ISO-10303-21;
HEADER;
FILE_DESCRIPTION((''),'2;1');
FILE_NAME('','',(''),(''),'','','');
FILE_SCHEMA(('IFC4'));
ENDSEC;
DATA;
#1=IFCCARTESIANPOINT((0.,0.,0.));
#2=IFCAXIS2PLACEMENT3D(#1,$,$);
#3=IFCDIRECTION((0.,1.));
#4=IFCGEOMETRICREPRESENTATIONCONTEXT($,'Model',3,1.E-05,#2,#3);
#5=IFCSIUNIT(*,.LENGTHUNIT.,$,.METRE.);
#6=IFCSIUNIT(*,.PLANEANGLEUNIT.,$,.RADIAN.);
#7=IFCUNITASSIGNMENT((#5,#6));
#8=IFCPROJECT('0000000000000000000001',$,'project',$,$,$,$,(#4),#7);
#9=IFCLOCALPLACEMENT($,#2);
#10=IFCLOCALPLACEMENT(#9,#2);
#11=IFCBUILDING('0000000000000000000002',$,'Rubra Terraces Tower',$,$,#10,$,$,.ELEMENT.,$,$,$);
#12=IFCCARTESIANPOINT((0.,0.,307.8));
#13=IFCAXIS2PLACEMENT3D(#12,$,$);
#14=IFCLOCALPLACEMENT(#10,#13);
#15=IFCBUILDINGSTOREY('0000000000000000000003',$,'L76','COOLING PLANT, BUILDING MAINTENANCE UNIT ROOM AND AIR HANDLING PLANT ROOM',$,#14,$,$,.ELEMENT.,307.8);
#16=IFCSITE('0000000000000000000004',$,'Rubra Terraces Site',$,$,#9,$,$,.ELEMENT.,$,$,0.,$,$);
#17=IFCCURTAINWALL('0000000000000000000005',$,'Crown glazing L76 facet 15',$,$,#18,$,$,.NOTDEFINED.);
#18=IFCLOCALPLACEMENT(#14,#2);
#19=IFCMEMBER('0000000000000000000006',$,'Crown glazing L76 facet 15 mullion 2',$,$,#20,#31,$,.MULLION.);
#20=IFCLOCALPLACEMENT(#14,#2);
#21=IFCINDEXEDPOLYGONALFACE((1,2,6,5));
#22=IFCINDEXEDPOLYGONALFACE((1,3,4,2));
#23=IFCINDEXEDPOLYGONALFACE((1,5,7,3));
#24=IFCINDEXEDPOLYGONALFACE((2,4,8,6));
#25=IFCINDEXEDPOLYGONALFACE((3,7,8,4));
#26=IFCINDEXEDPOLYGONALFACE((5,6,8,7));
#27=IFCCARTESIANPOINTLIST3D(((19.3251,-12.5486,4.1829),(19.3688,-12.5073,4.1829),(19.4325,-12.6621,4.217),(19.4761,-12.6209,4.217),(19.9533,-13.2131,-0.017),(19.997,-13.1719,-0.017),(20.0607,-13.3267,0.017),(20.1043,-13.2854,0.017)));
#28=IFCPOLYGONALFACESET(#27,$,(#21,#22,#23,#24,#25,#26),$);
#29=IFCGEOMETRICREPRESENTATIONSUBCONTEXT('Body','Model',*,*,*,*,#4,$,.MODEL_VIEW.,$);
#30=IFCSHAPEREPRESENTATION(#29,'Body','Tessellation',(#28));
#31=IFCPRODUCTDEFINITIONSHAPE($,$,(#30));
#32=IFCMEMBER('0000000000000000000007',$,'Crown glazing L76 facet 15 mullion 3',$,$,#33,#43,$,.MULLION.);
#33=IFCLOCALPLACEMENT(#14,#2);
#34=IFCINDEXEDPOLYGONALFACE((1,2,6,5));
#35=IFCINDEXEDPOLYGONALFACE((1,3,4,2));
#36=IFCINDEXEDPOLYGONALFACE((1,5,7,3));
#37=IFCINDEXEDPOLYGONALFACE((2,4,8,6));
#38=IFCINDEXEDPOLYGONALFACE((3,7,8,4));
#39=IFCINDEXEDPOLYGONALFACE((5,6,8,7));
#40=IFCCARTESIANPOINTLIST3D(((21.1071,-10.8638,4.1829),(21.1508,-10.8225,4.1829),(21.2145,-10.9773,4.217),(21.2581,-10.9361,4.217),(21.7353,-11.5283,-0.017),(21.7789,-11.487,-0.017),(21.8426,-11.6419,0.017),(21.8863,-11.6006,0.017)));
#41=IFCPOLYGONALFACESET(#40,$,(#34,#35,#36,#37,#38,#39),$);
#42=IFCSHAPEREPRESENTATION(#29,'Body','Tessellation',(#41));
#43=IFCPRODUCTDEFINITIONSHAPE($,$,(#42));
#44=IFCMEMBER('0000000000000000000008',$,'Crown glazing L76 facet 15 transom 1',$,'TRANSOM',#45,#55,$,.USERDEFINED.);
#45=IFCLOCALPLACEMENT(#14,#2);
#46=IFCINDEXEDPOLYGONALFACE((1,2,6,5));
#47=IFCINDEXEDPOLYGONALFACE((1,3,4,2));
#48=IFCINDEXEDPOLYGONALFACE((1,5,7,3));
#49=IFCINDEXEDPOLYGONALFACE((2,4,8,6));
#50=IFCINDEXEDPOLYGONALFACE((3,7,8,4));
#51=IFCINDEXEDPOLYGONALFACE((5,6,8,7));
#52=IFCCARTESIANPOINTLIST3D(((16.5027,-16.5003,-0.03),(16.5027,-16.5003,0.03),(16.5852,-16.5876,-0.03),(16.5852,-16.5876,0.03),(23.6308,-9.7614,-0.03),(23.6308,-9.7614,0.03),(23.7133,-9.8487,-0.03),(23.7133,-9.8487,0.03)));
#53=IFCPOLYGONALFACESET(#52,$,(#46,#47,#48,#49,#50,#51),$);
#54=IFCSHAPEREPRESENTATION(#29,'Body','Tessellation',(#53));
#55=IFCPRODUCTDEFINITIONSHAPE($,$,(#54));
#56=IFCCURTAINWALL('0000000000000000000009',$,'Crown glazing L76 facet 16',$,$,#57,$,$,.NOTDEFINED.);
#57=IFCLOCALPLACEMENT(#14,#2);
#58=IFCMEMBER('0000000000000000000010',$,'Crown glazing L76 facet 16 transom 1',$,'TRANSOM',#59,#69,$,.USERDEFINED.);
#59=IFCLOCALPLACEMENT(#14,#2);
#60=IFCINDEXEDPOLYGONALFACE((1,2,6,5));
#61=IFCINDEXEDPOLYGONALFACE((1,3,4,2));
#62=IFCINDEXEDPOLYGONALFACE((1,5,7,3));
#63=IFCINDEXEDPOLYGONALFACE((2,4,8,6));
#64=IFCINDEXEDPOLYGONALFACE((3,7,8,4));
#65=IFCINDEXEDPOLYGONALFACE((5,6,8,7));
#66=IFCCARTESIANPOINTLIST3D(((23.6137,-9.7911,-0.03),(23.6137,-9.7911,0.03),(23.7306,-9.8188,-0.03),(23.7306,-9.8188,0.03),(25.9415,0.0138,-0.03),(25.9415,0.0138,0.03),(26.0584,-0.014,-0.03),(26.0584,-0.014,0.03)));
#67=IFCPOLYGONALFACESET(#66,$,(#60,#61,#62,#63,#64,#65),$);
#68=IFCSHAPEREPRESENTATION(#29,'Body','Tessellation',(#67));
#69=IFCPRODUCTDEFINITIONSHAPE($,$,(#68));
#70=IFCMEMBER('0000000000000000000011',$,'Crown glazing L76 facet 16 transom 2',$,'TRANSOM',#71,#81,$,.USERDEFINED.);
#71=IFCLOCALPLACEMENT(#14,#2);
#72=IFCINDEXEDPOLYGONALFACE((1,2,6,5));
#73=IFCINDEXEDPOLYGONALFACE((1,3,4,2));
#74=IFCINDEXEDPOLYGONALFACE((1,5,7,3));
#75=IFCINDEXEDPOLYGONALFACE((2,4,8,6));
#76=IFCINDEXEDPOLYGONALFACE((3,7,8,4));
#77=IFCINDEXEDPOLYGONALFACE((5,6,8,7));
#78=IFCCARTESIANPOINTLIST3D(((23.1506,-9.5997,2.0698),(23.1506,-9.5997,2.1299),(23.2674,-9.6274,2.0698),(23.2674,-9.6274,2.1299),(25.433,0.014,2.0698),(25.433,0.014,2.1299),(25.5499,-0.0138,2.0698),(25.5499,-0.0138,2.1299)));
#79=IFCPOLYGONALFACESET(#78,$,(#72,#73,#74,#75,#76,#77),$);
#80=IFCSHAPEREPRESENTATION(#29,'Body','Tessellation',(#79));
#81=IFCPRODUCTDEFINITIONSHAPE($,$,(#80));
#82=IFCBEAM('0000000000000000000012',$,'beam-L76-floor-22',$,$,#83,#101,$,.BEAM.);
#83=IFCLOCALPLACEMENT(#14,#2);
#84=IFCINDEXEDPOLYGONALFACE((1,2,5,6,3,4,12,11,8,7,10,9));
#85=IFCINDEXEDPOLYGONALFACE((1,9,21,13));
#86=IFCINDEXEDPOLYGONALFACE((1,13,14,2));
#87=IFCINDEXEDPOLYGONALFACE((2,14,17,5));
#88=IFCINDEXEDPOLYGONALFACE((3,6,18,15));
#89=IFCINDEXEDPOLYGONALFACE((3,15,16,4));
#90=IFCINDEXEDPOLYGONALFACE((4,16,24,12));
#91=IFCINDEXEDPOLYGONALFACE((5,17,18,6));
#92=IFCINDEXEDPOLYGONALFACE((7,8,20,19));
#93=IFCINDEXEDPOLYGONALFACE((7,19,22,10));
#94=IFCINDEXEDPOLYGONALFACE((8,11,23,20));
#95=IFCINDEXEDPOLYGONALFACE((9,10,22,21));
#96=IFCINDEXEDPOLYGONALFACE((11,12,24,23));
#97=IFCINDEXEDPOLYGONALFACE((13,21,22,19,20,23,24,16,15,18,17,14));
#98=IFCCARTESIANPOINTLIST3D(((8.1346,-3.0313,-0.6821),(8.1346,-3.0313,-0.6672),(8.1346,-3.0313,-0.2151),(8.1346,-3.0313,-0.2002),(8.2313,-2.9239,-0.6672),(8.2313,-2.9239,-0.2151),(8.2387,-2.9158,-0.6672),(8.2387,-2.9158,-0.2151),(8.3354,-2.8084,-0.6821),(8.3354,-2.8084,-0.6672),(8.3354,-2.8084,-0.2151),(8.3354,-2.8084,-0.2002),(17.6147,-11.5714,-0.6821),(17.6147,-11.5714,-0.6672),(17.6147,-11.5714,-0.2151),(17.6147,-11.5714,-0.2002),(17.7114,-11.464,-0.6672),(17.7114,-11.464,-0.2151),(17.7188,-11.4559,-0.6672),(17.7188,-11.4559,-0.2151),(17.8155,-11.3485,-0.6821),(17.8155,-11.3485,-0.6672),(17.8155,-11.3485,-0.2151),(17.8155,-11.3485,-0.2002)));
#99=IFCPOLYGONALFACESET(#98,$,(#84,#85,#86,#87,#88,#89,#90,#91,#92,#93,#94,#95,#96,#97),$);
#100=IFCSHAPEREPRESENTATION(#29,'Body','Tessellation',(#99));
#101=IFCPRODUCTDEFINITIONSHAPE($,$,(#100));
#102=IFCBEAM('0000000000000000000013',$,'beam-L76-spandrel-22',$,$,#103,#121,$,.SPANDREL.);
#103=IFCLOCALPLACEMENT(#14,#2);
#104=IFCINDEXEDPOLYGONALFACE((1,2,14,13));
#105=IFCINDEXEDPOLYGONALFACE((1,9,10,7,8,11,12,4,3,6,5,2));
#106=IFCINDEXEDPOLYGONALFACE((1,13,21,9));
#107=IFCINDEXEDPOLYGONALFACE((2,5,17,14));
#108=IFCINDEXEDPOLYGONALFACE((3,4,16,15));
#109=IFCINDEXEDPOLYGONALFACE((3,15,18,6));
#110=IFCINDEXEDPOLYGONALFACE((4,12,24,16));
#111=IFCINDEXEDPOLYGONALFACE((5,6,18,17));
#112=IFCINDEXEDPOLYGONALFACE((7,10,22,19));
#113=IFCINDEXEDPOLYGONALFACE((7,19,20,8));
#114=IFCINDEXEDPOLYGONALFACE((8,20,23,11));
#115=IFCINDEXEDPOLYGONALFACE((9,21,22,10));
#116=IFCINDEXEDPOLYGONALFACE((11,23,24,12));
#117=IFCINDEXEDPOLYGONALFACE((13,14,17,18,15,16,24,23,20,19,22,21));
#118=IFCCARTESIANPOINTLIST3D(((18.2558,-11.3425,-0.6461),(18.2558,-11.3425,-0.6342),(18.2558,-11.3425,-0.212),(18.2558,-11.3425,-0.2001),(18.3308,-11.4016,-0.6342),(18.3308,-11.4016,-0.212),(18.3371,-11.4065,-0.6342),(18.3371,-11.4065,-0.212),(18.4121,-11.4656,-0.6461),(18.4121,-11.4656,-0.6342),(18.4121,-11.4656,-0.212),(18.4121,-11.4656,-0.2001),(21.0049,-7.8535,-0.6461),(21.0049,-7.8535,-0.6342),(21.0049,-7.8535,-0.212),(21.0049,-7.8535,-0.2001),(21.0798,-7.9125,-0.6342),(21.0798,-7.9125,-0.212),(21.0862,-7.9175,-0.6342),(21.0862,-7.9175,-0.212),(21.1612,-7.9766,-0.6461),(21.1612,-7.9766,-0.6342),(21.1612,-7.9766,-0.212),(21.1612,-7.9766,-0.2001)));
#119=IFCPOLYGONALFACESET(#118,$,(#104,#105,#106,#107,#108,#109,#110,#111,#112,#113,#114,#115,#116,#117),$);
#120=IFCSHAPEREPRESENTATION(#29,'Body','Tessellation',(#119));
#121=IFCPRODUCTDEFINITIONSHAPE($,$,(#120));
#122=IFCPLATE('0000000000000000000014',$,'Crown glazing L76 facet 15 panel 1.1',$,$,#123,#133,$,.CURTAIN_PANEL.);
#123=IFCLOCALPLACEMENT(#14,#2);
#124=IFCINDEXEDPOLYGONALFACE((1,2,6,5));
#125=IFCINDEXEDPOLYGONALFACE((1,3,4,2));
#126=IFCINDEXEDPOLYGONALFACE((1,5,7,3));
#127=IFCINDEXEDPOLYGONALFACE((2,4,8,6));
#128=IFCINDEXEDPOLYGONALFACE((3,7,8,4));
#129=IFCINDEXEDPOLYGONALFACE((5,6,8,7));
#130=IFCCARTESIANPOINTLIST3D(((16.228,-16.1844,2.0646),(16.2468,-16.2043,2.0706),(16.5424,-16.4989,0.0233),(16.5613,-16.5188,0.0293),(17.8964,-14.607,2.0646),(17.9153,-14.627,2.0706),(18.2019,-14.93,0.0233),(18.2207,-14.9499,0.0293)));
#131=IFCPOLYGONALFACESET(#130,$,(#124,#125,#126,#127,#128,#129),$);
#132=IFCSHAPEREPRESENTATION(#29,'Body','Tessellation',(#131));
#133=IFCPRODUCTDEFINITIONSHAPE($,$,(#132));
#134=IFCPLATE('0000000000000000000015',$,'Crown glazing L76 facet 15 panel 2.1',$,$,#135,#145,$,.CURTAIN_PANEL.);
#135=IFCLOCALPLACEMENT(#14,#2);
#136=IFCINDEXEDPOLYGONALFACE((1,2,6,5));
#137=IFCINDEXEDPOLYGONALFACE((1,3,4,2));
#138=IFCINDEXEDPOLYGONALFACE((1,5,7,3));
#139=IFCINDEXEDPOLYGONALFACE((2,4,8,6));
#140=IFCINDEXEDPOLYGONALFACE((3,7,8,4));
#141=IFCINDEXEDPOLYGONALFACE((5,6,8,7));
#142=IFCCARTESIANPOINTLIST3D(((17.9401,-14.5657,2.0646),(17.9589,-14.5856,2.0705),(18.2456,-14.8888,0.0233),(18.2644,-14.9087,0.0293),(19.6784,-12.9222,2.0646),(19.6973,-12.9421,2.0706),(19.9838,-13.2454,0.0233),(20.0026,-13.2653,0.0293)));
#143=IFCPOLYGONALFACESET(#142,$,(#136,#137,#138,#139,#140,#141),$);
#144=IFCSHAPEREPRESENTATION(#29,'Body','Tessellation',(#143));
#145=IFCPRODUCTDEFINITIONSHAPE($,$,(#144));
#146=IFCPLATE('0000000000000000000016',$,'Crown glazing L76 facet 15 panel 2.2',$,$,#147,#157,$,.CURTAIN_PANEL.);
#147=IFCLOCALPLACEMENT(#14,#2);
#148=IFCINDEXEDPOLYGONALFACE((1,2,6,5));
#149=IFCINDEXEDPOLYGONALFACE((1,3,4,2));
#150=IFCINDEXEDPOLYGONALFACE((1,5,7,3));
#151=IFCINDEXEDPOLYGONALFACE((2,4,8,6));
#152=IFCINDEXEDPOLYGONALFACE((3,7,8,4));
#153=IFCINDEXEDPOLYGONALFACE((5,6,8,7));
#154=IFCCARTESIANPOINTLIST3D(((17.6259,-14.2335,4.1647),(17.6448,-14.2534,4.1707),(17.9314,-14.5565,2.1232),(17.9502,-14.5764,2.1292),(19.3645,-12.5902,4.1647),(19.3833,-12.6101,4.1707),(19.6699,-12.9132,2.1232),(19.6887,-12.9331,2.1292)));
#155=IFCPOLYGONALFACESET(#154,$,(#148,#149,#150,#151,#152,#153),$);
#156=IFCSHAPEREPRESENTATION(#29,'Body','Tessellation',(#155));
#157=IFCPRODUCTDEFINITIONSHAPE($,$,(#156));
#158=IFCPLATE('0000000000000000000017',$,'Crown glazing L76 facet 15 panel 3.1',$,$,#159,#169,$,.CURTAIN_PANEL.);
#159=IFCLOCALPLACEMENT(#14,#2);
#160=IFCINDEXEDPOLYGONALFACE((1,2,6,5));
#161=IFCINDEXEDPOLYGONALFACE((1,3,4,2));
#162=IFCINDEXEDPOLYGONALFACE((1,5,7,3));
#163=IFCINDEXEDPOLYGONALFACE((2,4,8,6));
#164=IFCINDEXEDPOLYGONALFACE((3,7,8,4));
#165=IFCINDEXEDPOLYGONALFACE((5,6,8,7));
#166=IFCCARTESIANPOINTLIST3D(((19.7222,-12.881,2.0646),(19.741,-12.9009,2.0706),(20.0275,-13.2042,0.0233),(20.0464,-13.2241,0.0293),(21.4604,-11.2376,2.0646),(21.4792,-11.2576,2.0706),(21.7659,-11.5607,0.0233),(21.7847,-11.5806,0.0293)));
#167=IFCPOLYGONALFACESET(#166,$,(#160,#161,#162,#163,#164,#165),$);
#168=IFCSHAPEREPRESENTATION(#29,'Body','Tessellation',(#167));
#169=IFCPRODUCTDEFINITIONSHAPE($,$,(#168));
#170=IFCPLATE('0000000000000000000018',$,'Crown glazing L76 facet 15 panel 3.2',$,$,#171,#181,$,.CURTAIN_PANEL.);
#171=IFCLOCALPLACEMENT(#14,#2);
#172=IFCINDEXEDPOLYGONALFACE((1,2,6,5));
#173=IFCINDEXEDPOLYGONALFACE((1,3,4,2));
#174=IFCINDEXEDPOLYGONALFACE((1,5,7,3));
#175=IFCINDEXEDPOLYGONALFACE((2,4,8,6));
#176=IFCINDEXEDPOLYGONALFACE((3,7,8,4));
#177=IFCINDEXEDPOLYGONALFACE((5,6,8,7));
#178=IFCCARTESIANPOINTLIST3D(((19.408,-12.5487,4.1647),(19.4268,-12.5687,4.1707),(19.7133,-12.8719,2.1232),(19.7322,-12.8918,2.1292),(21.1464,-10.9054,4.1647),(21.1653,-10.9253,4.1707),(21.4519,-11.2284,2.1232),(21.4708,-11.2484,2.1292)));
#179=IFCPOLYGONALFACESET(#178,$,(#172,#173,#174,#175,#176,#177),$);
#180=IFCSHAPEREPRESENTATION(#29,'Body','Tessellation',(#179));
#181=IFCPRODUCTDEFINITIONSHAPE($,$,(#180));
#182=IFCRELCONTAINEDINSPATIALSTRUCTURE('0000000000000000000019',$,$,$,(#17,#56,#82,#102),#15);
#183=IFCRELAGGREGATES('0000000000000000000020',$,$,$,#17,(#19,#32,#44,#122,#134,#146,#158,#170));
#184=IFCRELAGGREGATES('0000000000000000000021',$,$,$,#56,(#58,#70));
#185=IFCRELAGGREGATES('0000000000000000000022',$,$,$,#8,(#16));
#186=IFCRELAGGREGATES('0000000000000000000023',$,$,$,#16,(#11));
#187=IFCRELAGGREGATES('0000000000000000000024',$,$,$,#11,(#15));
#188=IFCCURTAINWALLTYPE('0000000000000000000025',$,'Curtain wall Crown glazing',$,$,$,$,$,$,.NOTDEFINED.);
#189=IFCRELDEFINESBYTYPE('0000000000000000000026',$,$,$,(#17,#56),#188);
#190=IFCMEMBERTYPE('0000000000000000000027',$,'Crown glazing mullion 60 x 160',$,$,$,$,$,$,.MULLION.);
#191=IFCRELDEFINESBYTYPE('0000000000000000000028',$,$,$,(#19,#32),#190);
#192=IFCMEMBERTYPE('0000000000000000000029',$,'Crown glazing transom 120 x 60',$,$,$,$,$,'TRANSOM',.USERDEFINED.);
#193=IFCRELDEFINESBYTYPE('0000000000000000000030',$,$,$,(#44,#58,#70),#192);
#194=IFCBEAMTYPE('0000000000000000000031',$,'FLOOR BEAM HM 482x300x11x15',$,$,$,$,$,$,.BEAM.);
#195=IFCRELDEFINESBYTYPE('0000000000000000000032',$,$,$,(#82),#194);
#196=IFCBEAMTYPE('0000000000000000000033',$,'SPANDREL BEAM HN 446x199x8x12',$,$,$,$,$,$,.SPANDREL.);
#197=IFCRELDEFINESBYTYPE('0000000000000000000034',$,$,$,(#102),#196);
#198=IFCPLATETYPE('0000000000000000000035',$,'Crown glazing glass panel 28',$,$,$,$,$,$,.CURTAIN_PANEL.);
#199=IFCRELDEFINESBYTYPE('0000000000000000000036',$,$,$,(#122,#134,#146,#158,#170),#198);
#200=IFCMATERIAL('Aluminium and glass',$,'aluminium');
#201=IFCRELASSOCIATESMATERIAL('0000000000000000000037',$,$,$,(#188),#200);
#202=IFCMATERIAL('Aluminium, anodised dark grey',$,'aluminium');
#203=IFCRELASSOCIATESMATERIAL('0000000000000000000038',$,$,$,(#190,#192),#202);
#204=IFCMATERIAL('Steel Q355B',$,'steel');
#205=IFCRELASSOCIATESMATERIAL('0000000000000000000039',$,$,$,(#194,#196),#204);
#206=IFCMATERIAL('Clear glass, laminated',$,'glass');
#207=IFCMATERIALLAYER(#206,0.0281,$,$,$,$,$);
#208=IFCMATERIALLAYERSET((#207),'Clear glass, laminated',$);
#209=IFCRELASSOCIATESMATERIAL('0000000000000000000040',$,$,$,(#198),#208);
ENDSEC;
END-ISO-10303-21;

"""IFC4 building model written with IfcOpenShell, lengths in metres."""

from ifc_helpers import new_model, si_unit, direction, frame, origin, origin_2d, place, context, subcontext, project, spatial, polyline, rectangle, i_section, outline, extrude, material, layer, layer_set, material_profile, profile_set, type_object, element, aggregate, save


model = new_model("IFC4")

# Units and contexts
model_context = context("Model", 3, precision=1e-05, world=origin(), true_north=direction((0.0, 1.0)))
body_context = subcontext(model_context, "Body", "Model", "MODEL_VIEW")
ifc_project = project(units=[si_unit("LENGTHUNIT", "METRE"), si_unit("PLANEANGLEUNIT", "RADIAN")], contexts=[model_context])

# Site, building, storey
site_placement = place(None, origin())
site = spatial("IfcSite", under=ifc_project, at=site_placement, Name="Rubra Terraces Site", CompositionType="ELEMENT", RefElevation=0.0)
building_placement = place(site_placement, origin())
building = spatial("IfcBuilding", under=site, at=building_placement, Name="Rubra Terraces Tower", CompositionType="ELEMENT")
storey_placement = place(building_placement, frame((0.0, 0.0, 307.8)))
storey = spatial("IfcBuildingStorey", under=building, at=storey_placement, Name="L76", Description="COOLING PLANT, BUILDING MAINTENANCE UNIT ROOM AND AIR HANDLING PLANT ROOM", CompositionType="ELEMENT", Elevation=307.8)

# Shared definitions
ifc_material_1 = material(Name="Steel Q355B", Category="steel")

# Curtain walls, members
ifc_material_2 = material(Name="Aluminium and glass", Category="aluminium")
curtain_wall_type = type_object("IfcCurtainWallType", Name="Curtain wall Crown glazing", PredefinedType="NOTDEFINED", material=ifc_material_2)
curtain_wall_1_placement = place(storey_placement, origin())
curtain_wall_1 = element("IfcCurtainWall", 1, at=curtain_wall_1_placement, inside=storey, type_object=curtain_wall_type, Name="Crown glazing L76 facet 15", PredefinedType="NOTDEFINED")
ifc_material_3 = material(Name="Aluminium, anodised dark grey", Category="aluminium")
ifc_material_profile_1 = material_profile(ifc_material_3, rectangle(XDim=0.0601, YDim=0.1599, at=origin_2d()), Name="AL 60x160")
ifc_profile_set_1 = profile_set([ifc_material_profile_1], Name="Aluminium, anodised dark grey")
member_type_1 = type_object("IfcMemberType", Name="Crown glazing mullion 60 x 160", PredefinedType="MULLION", material=ifc_profile_set_1)
member_1_placement = place(storey_placement, frame((20.0288, -13.2493, 0.0), z_axis=(-0.146143, 0.154606, 0.977108), x_axis=(-0.726717, -0.686937, 0.0)))
member_1 = element("IfcMember", 2, at=member_1_placement, type_object=member_type_1, Name="Crown glazing L76 facet 15 mullion 2", PredefinedType="MULLION", context=body_context, shape_type="SweptSolid", body=[
    extrude(rectangle(XDim=0.0601, YDim=0.1599, at=origin_2d()), origin(), (0.0, 0.0, 1.0), 4.2983),
])
member_2_placement = place(storey_placement, frame((21.8108, -11.5645, 0.0), z_axis=(-0.146143, 0.154606, 0.977108), x_axis=(-0.726717, -0.686937, 0.0)))
member_2 = element("IfcMember", 3, at=member_2_placement, type_object=member_type_1, Name="Crown glazing L76 facet 15 mullion 3", PredefinedType="MULLION", context=body_context, shape_type="SweptSolid", body=[
    extrude(rectangle(XDim=0.0601, YDim=0.1599, at=origin_2d()), origin(), (0.0, 0.0, 1.0), 4.2983),
])
ifc_material_profile_2 = material_profile(ifc_material_3, rectangle(XDim=0.1201, YDim=0.0601, at=origin_2d()), Name="AL 120x60")
ifc_profile_set_2 = profile_set([ifc_material_profile_2], Name="Aluminium, anodised dark grey")
member_type_2 = type_object("IfcMemberType", Name="Crown glazing transom 120 x 60", ElementType="TRANSOM", PredefinedType="USERDEFINED", material=ifc_profile_set_2)
member_3_placement = place(storey_placement, frame((16.5439, -16.5439, 0.0), z_axis=(0.726665, 0.686993, 0.0), x_axis=(-0.686993, 0.726665, 0.0)))
member_3 = element("IfcMember", 4, at=member_3_placement, type_object=member_type_2, Name="Crown glazing L76 facet 15 transom 1", ObjectType="TRANSOM", PredefinedType="USERDEFINED", context=body_context, shape_type="SweptSolid", body=[
    extrude(rectangle(XDim=0.1201, YDim=0.0601, at=origin_2d()), origin(), (0.0, 0.0, 1.0), 9.8093),
])
curtain_wall_2_placement = place(storey_placement, origin())
curtain_wall_2 = element("IfcCurtainWall", 5, at=curtain_wall_2_placement, inside=storey, type_object=curtain_wall_type, Name="Crown glazing L76 facet 16", PredefinedType="NOTDEFINED")
member_4_placement = place(storey_placement, frame((23.6721, -9.8049, 0.0), z_axis=(0.230998, 0.972954, 0.0), x_axis=(-0.972954, 0.230998, 0.0)))
member_4 = element("IfcMember", 6, at=member_4_placement, type_object=member_type_2, Name="Crown glazing L76 facet 16 transom 1", ObjectType="TRANSOM", PredefinedType="USERDEFINED", context=body_context, shape_type="SweptSolid", body=[
    extrude(rectangle(XDim=0.1201, YDim=0.0601, at=origin_2d()), origin(), (0.0, 0.0, 1.0), 10.0774),
])
member_5_placement = place(storey_placement, frame((23.209, -9.6135, 2.0999), z_axis=(0.231001, 0.972953, 0.0), x_axis=(-0.972953, 0.231001, 0.0)))
member_5 = element("IfcMember", 7, at=member_5_placement, type_object=member_type_2, Name="Crown glazing L76 facet 16 transom 2", ObjectType="TRANSOM", PredefinedType="USERDEFINED", context=body_context, shape_type="SweptSolid", body=[
    extrude(rectangle(XDim=0.1201, YDim=0.0601, at=origin_2d()), origin(), (0.0, 0.0, 1.0), 9.8809),
])

# Beams
ifc_material_profile_3 = material_profile(ifc_material_1, i_section(OverallWidth=0.3, OverallDepth=0.4819, WebThickness=0.011, FlangeThickness=0.0149, at=origin_2d()), Name="HM 482x300x11x15")
ifc_profile_set_3 = profile_set([ifc_material_profile_3], Name="Steel Q355B")
beam_type_1 = type_object("IfcBeamType", Name="FLOOR BEAM HM 482x300x11x15", PredefinedType="BEAM", material=ifc_profile_set_3)
beam_1_placement = place(storey_placement, frame((17.7151, -11.46, -0.4412), z_axis=(-0.74298, 0.669314, 0.0), x_axis=(-0.669314, -0.74298, 0.0)))
element("IfcBeam", 8, at=beam_1_placement, inside=storey, type_object=beam_type_1, Name="beam-L76-floor-22", PredefinedType="BEAM", context=body_context, shape_type="SweptSolid", body=[
    extrude(i_section(OverallWidth=0.3, OverallDepth=0.4819, WebThickness=0.011, FlangeThickness=0.0149, at=origin_2d()), origin(), (0.0, 0.0, 1.0), 12.7595),
])
ifc_material_profile_4 = material_profile(ifc_material_1, i_section(OverallWidth=0.199, OverallDepth=0.446, WebThickness=0.0081, FlangeThickness=0.012, at=origin_2d()), Name="HN 446x199x8x12")
ifc_profile_set_4 = profile_set([ifc_material_profile_4], Name="Steel Q355B")
beam_type_2 = type_object("IfcBeamType", Name="SPANDREL BEAM HN 446x199x8x12", PredefinedType="SPANDREL", material=ifc_profile_set_4)
beam_2_placement = place(storey_placement, frame((18.334, -11.4041, -0.4231), z_axis=(0.618887, 0.78548, 0.0), x_axis=(-0.78548, 0.618887, 0.0)))
element("IfcBeam", 9, at=beam_2_placement, inside=storey, type_object=beam_type_2, Name="beam-L76-spandrel-22", PredefinedType="SPANDREL", context=body_context, shape_type="SweptSolid", body=[
    extrude(i_section(OverallWidth=0.199, OverallDepth=0.446, WebThickness=0.0081, FlangeThickness=0.012, at=origin_2d()), origin(), (0.0, 0.0, 1.0), 4.4419),
])

# Plates
ifc_material_4 = material(Name="Clear glass, laminated", Category="glass")
ifc_layer_1 = layer(ifc_material_4, 0.0281)
ifc_layer_set_1 = layer_set([ifc_layer_1], Name="Clear glass, laminated")
plate_type = type_object("IfcPlateType", Name="Crown glazing glass panel 28", PredefinedType="CURTAIN_PANEL", material=ifc_layer_set_1)
plate_1_placement = place(storey_placement, frame((16.5613, -16.5188, 0.0293), z_axis=(0.671265, -0.710018, 0.212785), x_axis=(0.72666, 0.686998, 0.0)))
plate_1 = element("IfcPlate", 10, at=plate_1_placement, type_object=plate_type, Name="Crown glazing L76 facet 15 panel 1.1", PredefinedType="CURTAIN_PANEL", context=body_context, shape_type="SweptSolid", body=[
    extrude(outline(polyline([(0.0, 0.0), (2.2836, 0.0), (2.2836, 2.0891), (-0.0125, 2.0891), (0.0, 0.0)])), origin(), (0.0, 0.0, -1.0), 0.0281),
])
plate_2_placement = place(storey_placement, frame((18.2644, -14.9087, 0.0293), z_axis=(0.671265, -0.710006, 0.212827), x_axis=(0.726655, 0.687003, -0.000008)))
plate_2 = element("IfcPlate", 11, at=plate_2_placement, type_object=plate_type, Name="Crown glazing L76 facet 15 panel 2.1", PredefinedType="CURTAIN_PANEL", context=body_context, shape_type="SweptSolid", body=[
    extrude(outline(polyline([(0.0, 0.0), (2.3921, 0.0), (2.3922, 2.0891), (-0.0001, 2.0891), (0.0, 0.0)])), origin(), (0.0, 0.0, -1.0), 0.0281),
])
plate_3_placement = place(storey_placement, frame((17.9502, -14.5764, 2.1292), z_axis=(0.671198, -0.710088, 0.212762), x_axis=(0.726727, 0.686926, 0.0)))
plate_3 = element("IfcPlate", 12, at=plate_3_placement, type_object=plate_type, Name="Crown glazing L76 facet 15 panel 2.2", PredefinedType="CURTAIN_PANEL", context=body_context, shape_type="SweptSolid", body=[
    extrude(outline(polyline([(0.0, 0.0), (2.3923, 0.0), (2.3922, 2.0893), (-0.0001, 2.0893), (0.0, 0.0)])), origin(), (0.0, 0.0, -1.0), 0.0281),
])
plate_4_placement = place(storey_placement, frame((20.0464, -13.2241, 0.0293), z_axis=(0.671265, -0.710006, 0.212827), x_axis=(0.726652, 0.687005, 0.000008)))
plate_4 = element("IfcPlate", 13, at=plate_4_placement, type_object=plate_type, Name="Crown glazing L76 facet 15 panel 3.1", PredefinedType="CURTAIN_PANEL", context=body_context, shape_type="SweptSolid", body=[
    extrude(outline(polyline([(0.0, 0.0), (2.3923, 0.0), (2.3922, 2.0891), (0.0002, 2.0891), (0.0, 0.0)])), origin(), (0.0, 0.0, -1.0), 0.0281),
])
plate_5_placement = place(storey_placement, frame((19.7322, -12.8918, 2.1292), z_axis=(0.671219, -0.710057, 0.212803), x_axis=(0.726701, 0.686954, 0.000008)))
plate_5 = element("IfcPlate", 14, at=plate_5_placement, type_object=plate_type, Name="Crown glazing L76 facet 15 panel 3.2", PredefinedType="CURTAIN_PANEL", context=body_context, shape_type="SweptSolid", body=[
    extrude(outline(polyline([(0.0, 0.0), (2.3924, 0.0), (2.3924, 2.0893), (0.0001, 2.0894), (0.0, 0.0)])), origin(), (0.0, 0.0, -1.0), 0.0281),
])
aggregate(curtain_wall_1, [member_1, member_2, member_3, plate_1, plate_2, plate_3, plate_4, plate_5])
aggregate(curtain_wall_2, [member_4, member_5])

save(model, "model.ifc")
